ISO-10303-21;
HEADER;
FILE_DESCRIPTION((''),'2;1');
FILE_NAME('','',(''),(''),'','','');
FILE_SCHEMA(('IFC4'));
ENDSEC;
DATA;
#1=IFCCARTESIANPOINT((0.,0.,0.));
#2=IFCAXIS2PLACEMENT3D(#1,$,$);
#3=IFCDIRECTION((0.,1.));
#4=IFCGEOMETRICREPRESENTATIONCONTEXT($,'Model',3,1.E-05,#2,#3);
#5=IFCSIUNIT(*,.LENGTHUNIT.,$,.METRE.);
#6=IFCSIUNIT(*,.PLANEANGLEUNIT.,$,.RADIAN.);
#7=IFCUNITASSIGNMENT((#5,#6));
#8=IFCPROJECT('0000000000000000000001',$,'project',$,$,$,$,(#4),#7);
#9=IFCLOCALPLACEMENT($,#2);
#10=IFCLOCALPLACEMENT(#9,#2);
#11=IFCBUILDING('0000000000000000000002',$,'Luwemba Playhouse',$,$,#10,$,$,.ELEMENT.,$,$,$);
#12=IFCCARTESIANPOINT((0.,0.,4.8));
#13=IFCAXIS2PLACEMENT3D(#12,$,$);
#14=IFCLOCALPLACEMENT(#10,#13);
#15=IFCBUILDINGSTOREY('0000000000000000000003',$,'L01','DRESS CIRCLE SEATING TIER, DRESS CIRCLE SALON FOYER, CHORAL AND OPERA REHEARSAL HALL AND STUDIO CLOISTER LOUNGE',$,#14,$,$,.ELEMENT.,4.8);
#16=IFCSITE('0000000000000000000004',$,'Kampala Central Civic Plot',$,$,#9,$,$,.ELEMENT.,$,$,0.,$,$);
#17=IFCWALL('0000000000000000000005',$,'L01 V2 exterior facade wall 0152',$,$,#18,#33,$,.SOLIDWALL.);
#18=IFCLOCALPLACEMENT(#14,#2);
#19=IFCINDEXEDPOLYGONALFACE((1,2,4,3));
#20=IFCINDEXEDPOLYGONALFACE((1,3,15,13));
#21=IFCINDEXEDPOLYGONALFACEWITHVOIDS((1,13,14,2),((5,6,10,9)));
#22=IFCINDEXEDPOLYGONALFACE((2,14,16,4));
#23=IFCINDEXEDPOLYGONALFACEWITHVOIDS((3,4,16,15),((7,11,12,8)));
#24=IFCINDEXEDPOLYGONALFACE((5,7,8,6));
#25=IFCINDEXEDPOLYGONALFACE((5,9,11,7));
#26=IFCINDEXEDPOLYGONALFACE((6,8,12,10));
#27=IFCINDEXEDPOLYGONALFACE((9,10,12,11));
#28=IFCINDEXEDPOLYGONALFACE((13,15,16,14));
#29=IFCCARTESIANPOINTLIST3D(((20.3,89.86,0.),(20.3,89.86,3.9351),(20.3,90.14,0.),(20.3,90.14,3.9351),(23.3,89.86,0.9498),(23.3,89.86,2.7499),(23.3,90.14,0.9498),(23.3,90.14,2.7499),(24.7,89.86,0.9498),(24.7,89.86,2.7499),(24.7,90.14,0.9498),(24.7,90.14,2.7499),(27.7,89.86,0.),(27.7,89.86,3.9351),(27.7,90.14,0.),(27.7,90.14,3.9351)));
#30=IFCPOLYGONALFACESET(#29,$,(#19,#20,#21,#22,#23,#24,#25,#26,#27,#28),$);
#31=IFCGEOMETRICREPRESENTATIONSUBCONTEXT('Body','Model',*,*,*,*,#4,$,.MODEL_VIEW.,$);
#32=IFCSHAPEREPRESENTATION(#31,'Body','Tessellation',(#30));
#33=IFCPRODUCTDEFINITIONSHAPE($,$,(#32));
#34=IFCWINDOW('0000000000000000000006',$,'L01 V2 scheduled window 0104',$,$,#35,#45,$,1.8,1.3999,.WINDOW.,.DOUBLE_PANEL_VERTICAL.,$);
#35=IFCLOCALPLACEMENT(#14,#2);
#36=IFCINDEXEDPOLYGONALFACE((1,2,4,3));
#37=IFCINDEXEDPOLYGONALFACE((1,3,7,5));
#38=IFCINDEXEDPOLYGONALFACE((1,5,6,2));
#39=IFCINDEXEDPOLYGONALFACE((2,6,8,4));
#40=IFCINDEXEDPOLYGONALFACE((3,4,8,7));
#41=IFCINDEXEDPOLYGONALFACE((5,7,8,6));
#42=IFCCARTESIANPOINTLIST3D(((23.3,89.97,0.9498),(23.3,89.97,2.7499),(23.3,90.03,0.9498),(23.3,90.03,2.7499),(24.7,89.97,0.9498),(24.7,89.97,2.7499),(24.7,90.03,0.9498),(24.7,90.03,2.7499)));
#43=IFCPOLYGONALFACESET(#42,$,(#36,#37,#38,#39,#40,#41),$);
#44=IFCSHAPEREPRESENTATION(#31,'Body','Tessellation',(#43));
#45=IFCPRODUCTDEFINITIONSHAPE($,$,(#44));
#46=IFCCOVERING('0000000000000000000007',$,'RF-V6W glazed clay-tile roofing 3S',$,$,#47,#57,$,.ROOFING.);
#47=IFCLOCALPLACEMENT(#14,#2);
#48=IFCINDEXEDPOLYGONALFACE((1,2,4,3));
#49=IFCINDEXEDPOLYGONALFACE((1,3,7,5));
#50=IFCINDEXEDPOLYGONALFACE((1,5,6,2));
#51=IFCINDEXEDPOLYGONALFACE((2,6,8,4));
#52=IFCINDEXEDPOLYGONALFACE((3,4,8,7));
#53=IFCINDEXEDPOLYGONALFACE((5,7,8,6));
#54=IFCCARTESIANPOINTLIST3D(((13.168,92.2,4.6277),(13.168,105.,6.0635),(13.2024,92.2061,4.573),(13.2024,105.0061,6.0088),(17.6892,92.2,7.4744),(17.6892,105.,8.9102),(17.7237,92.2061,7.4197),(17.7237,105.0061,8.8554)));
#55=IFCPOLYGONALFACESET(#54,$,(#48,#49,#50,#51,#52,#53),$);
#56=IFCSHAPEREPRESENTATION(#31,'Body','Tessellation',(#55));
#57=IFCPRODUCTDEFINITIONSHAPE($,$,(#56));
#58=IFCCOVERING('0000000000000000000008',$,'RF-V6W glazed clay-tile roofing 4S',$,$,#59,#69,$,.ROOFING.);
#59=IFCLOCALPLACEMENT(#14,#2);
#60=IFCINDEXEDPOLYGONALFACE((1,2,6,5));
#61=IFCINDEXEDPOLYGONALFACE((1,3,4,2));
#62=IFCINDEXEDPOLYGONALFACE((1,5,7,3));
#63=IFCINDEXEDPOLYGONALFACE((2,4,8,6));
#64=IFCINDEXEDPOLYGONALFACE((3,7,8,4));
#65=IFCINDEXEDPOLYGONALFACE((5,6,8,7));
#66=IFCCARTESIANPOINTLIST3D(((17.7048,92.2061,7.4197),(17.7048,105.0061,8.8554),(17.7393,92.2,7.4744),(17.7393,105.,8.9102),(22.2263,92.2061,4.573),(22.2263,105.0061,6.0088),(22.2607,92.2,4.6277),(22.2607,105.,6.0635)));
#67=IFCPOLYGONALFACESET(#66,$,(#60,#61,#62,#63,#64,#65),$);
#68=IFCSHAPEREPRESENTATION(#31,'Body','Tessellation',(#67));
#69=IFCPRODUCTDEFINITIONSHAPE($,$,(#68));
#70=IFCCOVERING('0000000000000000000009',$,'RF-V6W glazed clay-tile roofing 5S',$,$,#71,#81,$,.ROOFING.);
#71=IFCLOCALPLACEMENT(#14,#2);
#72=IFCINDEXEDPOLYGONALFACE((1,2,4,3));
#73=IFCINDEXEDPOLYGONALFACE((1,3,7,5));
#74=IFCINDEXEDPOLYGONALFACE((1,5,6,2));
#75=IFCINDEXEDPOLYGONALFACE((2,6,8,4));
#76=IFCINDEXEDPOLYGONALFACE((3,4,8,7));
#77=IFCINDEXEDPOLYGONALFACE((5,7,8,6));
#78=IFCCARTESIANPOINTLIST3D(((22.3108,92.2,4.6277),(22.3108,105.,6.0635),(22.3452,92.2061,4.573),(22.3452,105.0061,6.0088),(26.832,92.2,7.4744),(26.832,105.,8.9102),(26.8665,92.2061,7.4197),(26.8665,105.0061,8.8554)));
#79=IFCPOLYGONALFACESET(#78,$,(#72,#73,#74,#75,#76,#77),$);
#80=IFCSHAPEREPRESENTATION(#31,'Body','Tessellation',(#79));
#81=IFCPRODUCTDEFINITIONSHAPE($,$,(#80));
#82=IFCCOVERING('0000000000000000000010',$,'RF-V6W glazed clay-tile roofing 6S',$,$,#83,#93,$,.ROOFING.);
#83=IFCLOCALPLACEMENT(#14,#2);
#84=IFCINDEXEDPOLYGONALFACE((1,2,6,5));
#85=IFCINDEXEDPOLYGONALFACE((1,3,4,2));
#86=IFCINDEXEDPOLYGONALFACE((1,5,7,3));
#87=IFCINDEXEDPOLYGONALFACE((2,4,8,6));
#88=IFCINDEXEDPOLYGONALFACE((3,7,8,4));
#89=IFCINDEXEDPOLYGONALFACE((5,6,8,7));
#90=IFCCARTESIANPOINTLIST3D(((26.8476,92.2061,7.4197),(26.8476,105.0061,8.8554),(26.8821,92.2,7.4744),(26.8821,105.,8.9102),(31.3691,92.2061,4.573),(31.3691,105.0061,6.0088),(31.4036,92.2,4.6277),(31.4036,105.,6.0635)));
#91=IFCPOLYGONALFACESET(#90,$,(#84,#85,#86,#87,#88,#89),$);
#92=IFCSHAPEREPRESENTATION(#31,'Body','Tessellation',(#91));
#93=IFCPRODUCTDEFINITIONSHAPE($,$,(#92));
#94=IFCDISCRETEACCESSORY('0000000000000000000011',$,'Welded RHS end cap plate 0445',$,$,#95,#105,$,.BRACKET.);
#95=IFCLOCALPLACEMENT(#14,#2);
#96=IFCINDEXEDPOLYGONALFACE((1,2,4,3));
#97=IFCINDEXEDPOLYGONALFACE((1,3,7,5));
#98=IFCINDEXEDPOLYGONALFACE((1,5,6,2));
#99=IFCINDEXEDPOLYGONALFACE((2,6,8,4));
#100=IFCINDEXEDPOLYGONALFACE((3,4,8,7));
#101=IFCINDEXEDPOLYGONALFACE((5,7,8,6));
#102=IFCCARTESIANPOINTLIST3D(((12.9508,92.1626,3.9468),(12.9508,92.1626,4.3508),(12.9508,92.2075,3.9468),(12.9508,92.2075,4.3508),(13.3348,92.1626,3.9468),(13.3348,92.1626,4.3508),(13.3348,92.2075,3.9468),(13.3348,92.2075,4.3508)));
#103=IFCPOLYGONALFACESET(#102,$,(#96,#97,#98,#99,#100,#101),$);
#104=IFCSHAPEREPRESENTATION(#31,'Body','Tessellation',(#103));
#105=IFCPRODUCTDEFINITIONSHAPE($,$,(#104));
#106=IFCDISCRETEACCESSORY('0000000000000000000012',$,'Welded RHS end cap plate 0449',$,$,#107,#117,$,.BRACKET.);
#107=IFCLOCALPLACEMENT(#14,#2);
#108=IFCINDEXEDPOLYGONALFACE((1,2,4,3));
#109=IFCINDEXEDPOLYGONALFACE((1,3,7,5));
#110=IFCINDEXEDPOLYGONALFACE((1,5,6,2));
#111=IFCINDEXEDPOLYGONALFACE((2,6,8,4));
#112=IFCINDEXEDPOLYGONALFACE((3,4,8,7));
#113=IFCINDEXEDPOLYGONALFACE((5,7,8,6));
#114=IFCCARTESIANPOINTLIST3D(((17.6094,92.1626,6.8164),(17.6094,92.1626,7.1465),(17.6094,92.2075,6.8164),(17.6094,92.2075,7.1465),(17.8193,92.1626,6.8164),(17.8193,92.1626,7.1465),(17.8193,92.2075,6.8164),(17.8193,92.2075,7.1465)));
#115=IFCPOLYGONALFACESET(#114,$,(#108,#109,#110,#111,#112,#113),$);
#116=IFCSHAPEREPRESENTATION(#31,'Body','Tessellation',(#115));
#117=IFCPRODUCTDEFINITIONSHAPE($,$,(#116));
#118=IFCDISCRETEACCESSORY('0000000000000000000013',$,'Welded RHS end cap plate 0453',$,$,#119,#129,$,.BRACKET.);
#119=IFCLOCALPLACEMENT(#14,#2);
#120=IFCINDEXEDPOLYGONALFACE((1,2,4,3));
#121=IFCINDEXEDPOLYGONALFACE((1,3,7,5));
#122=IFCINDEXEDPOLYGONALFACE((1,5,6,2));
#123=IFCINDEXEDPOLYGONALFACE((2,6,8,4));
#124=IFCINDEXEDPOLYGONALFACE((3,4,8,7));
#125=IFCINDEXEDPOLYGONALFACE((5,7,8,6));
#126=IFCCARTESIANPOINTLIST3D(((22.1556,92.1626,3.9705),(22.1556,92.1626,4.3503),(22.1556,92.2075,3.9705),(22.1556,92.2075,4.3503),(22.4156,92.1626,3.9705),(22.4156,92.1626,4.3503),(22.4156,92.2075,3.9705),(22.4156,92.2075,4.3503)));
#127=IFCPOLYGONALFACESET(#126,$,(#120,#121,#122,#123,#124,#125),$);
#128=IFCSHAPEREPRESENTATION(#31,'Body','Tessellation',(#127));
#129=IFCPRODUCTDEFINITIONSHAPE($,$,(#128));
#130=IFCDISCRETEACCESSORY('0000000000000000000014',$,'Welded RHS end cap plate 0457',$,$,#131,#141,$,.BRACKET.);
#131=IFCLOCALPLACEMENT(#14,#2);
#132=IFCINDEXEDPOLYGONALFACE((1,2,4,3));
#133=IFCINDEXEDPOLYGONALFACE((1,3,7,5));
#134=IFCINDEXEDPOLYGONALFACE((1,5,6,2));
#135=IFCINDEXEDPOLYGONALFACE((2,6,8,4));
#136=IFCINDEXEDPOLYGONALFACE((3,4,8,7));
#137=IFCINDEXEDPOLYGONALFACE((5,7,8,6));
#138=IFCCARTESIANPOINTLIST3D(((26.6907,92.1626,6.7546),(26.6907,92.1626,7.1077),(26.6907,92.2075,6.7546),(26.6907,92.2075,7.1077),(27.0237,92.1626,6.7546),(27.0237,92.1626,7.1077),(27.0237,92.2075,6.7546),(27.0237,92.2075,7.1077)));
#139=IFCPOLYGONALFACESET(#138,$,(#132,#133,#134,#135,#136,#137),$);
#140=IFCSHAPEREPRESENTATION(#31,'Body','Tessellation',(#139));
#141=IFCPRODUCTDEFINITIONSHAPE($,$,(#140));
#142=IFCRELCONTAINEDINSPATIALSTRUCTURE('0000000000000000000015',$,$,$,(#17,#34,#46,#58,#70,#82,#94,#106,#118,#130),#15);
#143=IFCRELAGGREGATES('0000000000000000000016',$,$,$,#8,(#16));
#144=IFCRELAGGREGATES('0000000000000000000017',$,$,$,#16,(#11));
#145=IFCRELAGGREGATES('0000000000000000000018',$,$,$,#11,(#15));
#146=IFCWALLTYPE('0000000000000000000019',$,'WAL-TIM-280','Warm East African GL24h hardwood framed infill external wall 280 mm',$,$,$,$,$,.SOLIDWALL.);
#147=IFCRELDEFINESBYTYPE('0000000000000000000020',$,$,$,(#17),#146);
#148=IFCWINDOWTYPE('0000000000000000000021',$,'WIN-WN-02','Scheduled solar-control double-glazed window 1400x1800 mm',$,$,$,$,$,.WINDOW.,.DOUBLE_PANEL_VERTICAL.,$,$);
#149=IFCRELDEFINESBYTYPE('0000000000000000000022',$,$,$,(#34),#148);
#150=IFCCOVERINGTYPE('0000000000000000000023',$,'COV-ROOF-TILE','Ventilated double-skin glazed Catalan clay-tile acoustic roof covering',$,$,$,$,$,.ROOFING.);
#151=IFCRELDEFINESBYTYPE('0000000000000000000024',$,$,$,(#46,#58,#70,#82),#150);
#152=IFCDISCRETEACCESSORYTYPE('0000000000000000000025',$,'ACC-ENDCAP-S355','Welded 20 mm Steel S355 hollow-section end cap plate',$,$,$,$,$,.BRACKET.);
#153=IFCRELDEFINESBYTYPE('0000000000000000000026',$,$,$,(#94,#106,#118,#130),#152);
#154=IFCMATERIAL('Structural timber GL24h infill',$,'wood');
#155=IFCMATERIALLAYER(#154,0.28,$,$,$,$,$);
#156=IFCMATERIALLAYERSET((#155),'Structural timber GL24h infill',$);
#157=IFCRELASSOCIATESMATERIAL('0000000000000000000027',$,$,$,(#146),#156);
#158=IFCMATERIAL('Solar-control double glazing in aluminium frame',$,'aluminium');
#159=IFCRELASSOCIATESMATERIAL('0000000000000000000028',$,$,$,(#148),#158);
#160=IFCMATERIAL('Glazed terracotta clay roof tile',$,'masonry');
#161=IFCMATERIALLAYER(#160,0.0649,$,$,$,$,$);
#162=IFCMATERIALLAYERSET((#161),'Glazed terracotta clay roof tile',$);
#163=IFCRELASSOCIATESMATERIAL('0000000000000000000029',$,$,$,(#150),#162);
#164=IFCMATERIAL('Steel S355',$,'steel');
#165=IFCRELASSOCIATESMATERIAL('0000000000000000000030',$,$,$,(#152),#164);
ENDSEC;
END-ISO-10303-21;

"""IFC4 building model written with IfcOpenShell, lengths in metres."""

from ifc_helpers import new_model, si_unit, direction, frame, frame_2d, origin, origin_2d, place, context, subcontext, project, spatial, polyline, rectangle, outline, extrude, material, layer, layer_set, type_object, element, fill, save


model = new_model("IFC4")

# Units and contexts
model_context = context("Model", 3, precision=1e-05, world=origin(), true_north=direction((0.0, 1.0)))
body_context = subcontext(model_context, "Body", "Model", "MODEL_VIEW")
ifc_project = project(units=[si_unit("LENGTHUNIT", "METRE"), si_unit("PLANEANGLEUNIT", "RADIAN")], contexts=[model_context])

# Site, building, storey
site_placement = place(None, origin())
site = spatial("IfcSite", under=ifc_project, at=site_placement, Name="Kampala Central Civic Plot", CompositionType="ELEMENT", RefElevation=0.0)
building_placement = place(site_placement, origin())
building = spatial("IfcBuilding", under=site, at=building_placement, Name="Luwemba Playhouse", CompositionType="ELEMENT")
storey_placement = place(building_placement, frame((0.0, 0.0, 4.8)))
storey = spatial("IfcBuildingStorey", under=building, at=storey_placement, Name="L01", Description="DRESS CIRCLE SEATING TIER, DRESS CIRCLE SALON FOYER, CHORAL AND OPERA REHEARSAL HALL AND STUDIO CLOISTER LOUNGE", CompositionType="ELEMENT", Elevation=4.8)

# Shared definitions
ifc_material_1 = material(Name="Steel S355", Category="steel")

# Wall, opening, window
ifc_material_2 = material(Name="Solar-control double glazing in aluminium frame", Category="aluminium")
ifc_material_3 = material(Name="Structural timber GL24h infill", Category="wood")
ifc_layer_1 = layer(ifc_material_3, 0.28)
ifc_layer_set_1 = layer_set([ifc_layer_1], Name="Structural timber GL24h infill")
wall_type_1 = type_object("IfcWallType", Name="WAL-TIM-280", Description="Warm East African GL24h hardwood framed infill external wall 280 mm", PredefinedType="SOLIDWALL", material=ifc_layer_set_1)
wall_1_placement = place(storey_placement, frame((20.3, 90.0, 0.0), z_axis=(0.0, 0.0, 1.0), x_axis=(1.0, 0.0, 0.0)))
wall_1 = element("IfcWall", 1, at=wall_1_placement, inside=storey, type_object=wall_type_1, Name="L01 V2 exterior facade wall 0152", PredefinedType="SOLIDWALL", context=body_context, shape_type="SweptSolid", body=[
    extrude(rectangle(XDim=7.3999, YDim=0.28, at=frame_2d((3.7, 0.0))), origin(), (0.0, 0.0, 1.0), 3.9351),
])
opening_1_placement = place(wall_1_placement, frame((3.0, 0.0, 0.95)))
opening_1 = element("IfcOpeningElement", 2, at=opening_1_placement, cuts=wall_1, PredefinedType="OPENING", context=body_context, shape_type="SweptSolid", body=[
    extrude(rectangle(XDim=1.3999, YDim=1.8, at=frame_2d((0.7, 0.8999))), frame((0.0, 0.1499, 0.0), z_axis=(0.0, -1.0, 0.0), x_axis=(1.0, 0.0, 0.0)), (0.0, 0.0, 1.0), 0.3),
])
window_type_1 = type_object("IfcWindowType", Name="WIN-WN-02", Description="Scheduled solar-control double-glazed window 1400x1800 mm", PartitioningType="DOUBLE_PANEL_VERTICAL", PredefinedType="WINDOW", material=ifc_material_2)
window_1_placement = place(opening_1_placement, origin())
window_1 = element("IfcWindow", 3, at=window_1_placement, inside=storey, type_object=window_type_1, Name="L01 V2 scheduled window 0104", OverallHeight=1.8, OverallWidth=1.3999, PartitioningType="DOUBLE_PANEL_VERTICAL", PredefinedType="WINDOW", context=body_context, shape_type="SweptSolid", body=[
    extrude(rectangle(XDim=1.3999, YDim=1.8, at=frame_2d((0.7, 0.8999))), frame((0.0, 0.03, 0.0), z_axis=(0.0, -1.0, 0.0), x_axis=(1.0, 0.0, 0.0)), (0.0, 0.0, 1.0), 0.0601),
])
fill(opening_1, window_1)

# Coverings
ifc_material_4 = material(Name="Glazed terracotta clay roof tile", Category="masonry")
ifc_layer_2 = layer(ifc_material_4, 0.0649)
ifc_layer_set_2 = layer_set([ifc_layer_2], Name="Glazed terracotta clay roof tile")
covering_type = type_object("IfcCoveringType", Name="COV-ROOF-TILE", Description="Ventilated double-skin glazed Catalan clay-tile acoustic roof covering", PredefinedType="ROOFING", material=ifc_layer_set_2)
covering_1_placement = place(storey_placement, frame((13.168, 92.2, 4.6277), z_axis=(-0.530425, -0.094498, 0.842448), x_axis=(0.846235, 0.0, 0.53281)))
element("IfcCovering", 4, at=covering_1_placement, inside=storey, type_object=covering_type, Name="RF-V6W glazed clay-tile roofing 3S", PredefinedType="ROOFING", context=body_context, shape_type="SweptSolid", body=[
    extrude(outline(polyline([(0.0, 0.0), (5.3428, 0.0), (6.1078, 12.8576), (0.765, 12.8576), (0.0, 0.0)])), origin(), (0.0, 0.0, -1.0), 0.0649),
])
covering_2_placement = place(storey_placement, frame((17.7393, 92.2, 7.4744), z_axis=(0.530405, -0.094499, 0.842461), x_axis=(0.846248, 0.0, -0.532789)))
element("IfcCovering", 5, at=covering_2_placement, inside=storey, type_object=covering_type, Name="RF-V6W glazed clay-tile roofing 4S", PredefinedType="ROOFING", context=body_context, shape_type="SweptSolid", body=[
    extrude(outline(polyline([(0.0, 0.0), (5.343, 0.0), (4.578, 12.8576), (-0.765, 12.8576), (0.0, 0.0)])), origin(), (0.0, 0.0, -1.0), 0.0649),
])
covering_3_placement = place(storey_placement, frame((22.3108, 92.2, 4.6277), z_axis=(-0.530425, -0.094498, 0.842448), x_axis=(0.846235, 0.0, 0.53281)))
element("IfcCovering", 6, at=covering_3_placement, inside=storey, type_object=covering_type, Name="RF-V6W glazed clay-tile roofing 5S", PredefinedType="ROOFING", context=body_context, shape_type="SweptSolid", body=[
    extrude(outline(polyline([(0.0, 0.0), (5.3428, 0.0), (6.1078, 12.8576), (0.765, 12.8576), (0.0, 0.0)])), origin(), (0.0, 0.0, -1.0), 0.0649),
])
covering_4_placement = place(storey_placement, frame((26.8821, 92.2, 7.4744), z_axis=(0.530405, -0.094499, 0.842461), x_axis=(0.846248, 0.0, -0.532789)))
element("IfcCovering", 7, at=covering_4_placement, inside=storey, type_object=covering_type, Name="RF-V6W glazed clay-tile roofing 6S", PredefinedType="ROOFING", context=body_context, shape_type="SweptSolid", body=[
    extrude(outline(polyline([(0.0, 0.0), (5.343, 0.0), (4.578, 12.8576), (-0.765, 12.8576), (0.0, 0.0)])), origin(), (0.0, 0.0, -1.0), 0.0649),
])

# Discrete accessories
discrete_accessory_type = type_object("IfcDiscreteAccessoryType", Name="ACC-ENDCAP-S355", Description="Welded 20 mm Steel S355 hollow-section end cap plate", PredefinedType="BRACKET", material=ifc_material_1)
discrete_accessory_1_placement = place(storey_placement, frame((13.1428, 92.1851, 3.9468), z_axis=(0.0, 0.0, 1.0), x_axis=(1.0, 0.0, 0.0)))
element("IfcDiscreteAccessory", 8, at=discrete_accessory_1_placement, inside=storey, type_object=discrete_accessory_type, Name="Welded RHS end cap plate 0445", PredefinedType="BRACKET", context=body_context, shape_type="SweptSolid", body=[
    extrude(rectangle(XDim=0.384, YDim=0.0449, at=origin_2d()), origin(), (0.0, 0.0, 1.0), 0.4041),
])
discrete_accessory_2_placement = place(storey_placement, frame((17.7144, 92.1851, 6.8164), z_axis=(0.0, 0.0, 1.0), x_axis=(1.0, 0.0, 0.0)))
element("IfcDiscreteAccessory", 9, at=discrete_accessory_2_placement, inside=storey, type_object=discrete_accessory_type, Name="Welded RHS end cap plate 0449", PredefinedType="BRACKET", context=body_context, shape_type="SweptSolid", body=[
    extrude(rectangle(XDim=0.21, YDim=0.0449, at=origin_2d()), origin(), (0.0, 0.0, 1.0), 0.3301),
])
discrete_accessory_3_placement = place(storey_placement, frame((22.2856, 92.1851, 3.9705), z_axis=(0.0, 0.0, 1.0), x_axis=(1.0, 0.0, 0.0)))
element("IfcDiscreteAccessory", 10, at=discrete_accessory_3_placement, inside=storey, type_object=discrete_accessory_type, Name="Welded RHS end cap plate 0453", PredefinedType="BRACKET", context=body_context, shape_type="SweptSolid", body=[
    extrude(rectangle(XDim=0.26, YDim=0.0449, at=origin_2d()), origin(), (0.0, 0.0, 1.0), 0.3799),
])
discrete_accessory_4_placement = place(storey_placement, frame((26.8572, 92.1851, 6.7546), z_axis=(0.0, 0.0, 1.0), x_axis=(1.0, 0.0, 0.0)))
element("IfcDiscreteAccessory", 11, at=discrete_accessory_4_placement, inside=storey, type_object=discrete_accessory_type, Name="Welded RHS end cap plate 0457", PredefinedType="BRACKET", context=body_context, shape_type="SweptSolid", body=[
    extrude(rectangle(XDim=0.333, YDim=0.0449, at=origin_2d()), origin(), (0.0, 0.0, 1.0), 0.353),
])

save(model, "model.ifc")
